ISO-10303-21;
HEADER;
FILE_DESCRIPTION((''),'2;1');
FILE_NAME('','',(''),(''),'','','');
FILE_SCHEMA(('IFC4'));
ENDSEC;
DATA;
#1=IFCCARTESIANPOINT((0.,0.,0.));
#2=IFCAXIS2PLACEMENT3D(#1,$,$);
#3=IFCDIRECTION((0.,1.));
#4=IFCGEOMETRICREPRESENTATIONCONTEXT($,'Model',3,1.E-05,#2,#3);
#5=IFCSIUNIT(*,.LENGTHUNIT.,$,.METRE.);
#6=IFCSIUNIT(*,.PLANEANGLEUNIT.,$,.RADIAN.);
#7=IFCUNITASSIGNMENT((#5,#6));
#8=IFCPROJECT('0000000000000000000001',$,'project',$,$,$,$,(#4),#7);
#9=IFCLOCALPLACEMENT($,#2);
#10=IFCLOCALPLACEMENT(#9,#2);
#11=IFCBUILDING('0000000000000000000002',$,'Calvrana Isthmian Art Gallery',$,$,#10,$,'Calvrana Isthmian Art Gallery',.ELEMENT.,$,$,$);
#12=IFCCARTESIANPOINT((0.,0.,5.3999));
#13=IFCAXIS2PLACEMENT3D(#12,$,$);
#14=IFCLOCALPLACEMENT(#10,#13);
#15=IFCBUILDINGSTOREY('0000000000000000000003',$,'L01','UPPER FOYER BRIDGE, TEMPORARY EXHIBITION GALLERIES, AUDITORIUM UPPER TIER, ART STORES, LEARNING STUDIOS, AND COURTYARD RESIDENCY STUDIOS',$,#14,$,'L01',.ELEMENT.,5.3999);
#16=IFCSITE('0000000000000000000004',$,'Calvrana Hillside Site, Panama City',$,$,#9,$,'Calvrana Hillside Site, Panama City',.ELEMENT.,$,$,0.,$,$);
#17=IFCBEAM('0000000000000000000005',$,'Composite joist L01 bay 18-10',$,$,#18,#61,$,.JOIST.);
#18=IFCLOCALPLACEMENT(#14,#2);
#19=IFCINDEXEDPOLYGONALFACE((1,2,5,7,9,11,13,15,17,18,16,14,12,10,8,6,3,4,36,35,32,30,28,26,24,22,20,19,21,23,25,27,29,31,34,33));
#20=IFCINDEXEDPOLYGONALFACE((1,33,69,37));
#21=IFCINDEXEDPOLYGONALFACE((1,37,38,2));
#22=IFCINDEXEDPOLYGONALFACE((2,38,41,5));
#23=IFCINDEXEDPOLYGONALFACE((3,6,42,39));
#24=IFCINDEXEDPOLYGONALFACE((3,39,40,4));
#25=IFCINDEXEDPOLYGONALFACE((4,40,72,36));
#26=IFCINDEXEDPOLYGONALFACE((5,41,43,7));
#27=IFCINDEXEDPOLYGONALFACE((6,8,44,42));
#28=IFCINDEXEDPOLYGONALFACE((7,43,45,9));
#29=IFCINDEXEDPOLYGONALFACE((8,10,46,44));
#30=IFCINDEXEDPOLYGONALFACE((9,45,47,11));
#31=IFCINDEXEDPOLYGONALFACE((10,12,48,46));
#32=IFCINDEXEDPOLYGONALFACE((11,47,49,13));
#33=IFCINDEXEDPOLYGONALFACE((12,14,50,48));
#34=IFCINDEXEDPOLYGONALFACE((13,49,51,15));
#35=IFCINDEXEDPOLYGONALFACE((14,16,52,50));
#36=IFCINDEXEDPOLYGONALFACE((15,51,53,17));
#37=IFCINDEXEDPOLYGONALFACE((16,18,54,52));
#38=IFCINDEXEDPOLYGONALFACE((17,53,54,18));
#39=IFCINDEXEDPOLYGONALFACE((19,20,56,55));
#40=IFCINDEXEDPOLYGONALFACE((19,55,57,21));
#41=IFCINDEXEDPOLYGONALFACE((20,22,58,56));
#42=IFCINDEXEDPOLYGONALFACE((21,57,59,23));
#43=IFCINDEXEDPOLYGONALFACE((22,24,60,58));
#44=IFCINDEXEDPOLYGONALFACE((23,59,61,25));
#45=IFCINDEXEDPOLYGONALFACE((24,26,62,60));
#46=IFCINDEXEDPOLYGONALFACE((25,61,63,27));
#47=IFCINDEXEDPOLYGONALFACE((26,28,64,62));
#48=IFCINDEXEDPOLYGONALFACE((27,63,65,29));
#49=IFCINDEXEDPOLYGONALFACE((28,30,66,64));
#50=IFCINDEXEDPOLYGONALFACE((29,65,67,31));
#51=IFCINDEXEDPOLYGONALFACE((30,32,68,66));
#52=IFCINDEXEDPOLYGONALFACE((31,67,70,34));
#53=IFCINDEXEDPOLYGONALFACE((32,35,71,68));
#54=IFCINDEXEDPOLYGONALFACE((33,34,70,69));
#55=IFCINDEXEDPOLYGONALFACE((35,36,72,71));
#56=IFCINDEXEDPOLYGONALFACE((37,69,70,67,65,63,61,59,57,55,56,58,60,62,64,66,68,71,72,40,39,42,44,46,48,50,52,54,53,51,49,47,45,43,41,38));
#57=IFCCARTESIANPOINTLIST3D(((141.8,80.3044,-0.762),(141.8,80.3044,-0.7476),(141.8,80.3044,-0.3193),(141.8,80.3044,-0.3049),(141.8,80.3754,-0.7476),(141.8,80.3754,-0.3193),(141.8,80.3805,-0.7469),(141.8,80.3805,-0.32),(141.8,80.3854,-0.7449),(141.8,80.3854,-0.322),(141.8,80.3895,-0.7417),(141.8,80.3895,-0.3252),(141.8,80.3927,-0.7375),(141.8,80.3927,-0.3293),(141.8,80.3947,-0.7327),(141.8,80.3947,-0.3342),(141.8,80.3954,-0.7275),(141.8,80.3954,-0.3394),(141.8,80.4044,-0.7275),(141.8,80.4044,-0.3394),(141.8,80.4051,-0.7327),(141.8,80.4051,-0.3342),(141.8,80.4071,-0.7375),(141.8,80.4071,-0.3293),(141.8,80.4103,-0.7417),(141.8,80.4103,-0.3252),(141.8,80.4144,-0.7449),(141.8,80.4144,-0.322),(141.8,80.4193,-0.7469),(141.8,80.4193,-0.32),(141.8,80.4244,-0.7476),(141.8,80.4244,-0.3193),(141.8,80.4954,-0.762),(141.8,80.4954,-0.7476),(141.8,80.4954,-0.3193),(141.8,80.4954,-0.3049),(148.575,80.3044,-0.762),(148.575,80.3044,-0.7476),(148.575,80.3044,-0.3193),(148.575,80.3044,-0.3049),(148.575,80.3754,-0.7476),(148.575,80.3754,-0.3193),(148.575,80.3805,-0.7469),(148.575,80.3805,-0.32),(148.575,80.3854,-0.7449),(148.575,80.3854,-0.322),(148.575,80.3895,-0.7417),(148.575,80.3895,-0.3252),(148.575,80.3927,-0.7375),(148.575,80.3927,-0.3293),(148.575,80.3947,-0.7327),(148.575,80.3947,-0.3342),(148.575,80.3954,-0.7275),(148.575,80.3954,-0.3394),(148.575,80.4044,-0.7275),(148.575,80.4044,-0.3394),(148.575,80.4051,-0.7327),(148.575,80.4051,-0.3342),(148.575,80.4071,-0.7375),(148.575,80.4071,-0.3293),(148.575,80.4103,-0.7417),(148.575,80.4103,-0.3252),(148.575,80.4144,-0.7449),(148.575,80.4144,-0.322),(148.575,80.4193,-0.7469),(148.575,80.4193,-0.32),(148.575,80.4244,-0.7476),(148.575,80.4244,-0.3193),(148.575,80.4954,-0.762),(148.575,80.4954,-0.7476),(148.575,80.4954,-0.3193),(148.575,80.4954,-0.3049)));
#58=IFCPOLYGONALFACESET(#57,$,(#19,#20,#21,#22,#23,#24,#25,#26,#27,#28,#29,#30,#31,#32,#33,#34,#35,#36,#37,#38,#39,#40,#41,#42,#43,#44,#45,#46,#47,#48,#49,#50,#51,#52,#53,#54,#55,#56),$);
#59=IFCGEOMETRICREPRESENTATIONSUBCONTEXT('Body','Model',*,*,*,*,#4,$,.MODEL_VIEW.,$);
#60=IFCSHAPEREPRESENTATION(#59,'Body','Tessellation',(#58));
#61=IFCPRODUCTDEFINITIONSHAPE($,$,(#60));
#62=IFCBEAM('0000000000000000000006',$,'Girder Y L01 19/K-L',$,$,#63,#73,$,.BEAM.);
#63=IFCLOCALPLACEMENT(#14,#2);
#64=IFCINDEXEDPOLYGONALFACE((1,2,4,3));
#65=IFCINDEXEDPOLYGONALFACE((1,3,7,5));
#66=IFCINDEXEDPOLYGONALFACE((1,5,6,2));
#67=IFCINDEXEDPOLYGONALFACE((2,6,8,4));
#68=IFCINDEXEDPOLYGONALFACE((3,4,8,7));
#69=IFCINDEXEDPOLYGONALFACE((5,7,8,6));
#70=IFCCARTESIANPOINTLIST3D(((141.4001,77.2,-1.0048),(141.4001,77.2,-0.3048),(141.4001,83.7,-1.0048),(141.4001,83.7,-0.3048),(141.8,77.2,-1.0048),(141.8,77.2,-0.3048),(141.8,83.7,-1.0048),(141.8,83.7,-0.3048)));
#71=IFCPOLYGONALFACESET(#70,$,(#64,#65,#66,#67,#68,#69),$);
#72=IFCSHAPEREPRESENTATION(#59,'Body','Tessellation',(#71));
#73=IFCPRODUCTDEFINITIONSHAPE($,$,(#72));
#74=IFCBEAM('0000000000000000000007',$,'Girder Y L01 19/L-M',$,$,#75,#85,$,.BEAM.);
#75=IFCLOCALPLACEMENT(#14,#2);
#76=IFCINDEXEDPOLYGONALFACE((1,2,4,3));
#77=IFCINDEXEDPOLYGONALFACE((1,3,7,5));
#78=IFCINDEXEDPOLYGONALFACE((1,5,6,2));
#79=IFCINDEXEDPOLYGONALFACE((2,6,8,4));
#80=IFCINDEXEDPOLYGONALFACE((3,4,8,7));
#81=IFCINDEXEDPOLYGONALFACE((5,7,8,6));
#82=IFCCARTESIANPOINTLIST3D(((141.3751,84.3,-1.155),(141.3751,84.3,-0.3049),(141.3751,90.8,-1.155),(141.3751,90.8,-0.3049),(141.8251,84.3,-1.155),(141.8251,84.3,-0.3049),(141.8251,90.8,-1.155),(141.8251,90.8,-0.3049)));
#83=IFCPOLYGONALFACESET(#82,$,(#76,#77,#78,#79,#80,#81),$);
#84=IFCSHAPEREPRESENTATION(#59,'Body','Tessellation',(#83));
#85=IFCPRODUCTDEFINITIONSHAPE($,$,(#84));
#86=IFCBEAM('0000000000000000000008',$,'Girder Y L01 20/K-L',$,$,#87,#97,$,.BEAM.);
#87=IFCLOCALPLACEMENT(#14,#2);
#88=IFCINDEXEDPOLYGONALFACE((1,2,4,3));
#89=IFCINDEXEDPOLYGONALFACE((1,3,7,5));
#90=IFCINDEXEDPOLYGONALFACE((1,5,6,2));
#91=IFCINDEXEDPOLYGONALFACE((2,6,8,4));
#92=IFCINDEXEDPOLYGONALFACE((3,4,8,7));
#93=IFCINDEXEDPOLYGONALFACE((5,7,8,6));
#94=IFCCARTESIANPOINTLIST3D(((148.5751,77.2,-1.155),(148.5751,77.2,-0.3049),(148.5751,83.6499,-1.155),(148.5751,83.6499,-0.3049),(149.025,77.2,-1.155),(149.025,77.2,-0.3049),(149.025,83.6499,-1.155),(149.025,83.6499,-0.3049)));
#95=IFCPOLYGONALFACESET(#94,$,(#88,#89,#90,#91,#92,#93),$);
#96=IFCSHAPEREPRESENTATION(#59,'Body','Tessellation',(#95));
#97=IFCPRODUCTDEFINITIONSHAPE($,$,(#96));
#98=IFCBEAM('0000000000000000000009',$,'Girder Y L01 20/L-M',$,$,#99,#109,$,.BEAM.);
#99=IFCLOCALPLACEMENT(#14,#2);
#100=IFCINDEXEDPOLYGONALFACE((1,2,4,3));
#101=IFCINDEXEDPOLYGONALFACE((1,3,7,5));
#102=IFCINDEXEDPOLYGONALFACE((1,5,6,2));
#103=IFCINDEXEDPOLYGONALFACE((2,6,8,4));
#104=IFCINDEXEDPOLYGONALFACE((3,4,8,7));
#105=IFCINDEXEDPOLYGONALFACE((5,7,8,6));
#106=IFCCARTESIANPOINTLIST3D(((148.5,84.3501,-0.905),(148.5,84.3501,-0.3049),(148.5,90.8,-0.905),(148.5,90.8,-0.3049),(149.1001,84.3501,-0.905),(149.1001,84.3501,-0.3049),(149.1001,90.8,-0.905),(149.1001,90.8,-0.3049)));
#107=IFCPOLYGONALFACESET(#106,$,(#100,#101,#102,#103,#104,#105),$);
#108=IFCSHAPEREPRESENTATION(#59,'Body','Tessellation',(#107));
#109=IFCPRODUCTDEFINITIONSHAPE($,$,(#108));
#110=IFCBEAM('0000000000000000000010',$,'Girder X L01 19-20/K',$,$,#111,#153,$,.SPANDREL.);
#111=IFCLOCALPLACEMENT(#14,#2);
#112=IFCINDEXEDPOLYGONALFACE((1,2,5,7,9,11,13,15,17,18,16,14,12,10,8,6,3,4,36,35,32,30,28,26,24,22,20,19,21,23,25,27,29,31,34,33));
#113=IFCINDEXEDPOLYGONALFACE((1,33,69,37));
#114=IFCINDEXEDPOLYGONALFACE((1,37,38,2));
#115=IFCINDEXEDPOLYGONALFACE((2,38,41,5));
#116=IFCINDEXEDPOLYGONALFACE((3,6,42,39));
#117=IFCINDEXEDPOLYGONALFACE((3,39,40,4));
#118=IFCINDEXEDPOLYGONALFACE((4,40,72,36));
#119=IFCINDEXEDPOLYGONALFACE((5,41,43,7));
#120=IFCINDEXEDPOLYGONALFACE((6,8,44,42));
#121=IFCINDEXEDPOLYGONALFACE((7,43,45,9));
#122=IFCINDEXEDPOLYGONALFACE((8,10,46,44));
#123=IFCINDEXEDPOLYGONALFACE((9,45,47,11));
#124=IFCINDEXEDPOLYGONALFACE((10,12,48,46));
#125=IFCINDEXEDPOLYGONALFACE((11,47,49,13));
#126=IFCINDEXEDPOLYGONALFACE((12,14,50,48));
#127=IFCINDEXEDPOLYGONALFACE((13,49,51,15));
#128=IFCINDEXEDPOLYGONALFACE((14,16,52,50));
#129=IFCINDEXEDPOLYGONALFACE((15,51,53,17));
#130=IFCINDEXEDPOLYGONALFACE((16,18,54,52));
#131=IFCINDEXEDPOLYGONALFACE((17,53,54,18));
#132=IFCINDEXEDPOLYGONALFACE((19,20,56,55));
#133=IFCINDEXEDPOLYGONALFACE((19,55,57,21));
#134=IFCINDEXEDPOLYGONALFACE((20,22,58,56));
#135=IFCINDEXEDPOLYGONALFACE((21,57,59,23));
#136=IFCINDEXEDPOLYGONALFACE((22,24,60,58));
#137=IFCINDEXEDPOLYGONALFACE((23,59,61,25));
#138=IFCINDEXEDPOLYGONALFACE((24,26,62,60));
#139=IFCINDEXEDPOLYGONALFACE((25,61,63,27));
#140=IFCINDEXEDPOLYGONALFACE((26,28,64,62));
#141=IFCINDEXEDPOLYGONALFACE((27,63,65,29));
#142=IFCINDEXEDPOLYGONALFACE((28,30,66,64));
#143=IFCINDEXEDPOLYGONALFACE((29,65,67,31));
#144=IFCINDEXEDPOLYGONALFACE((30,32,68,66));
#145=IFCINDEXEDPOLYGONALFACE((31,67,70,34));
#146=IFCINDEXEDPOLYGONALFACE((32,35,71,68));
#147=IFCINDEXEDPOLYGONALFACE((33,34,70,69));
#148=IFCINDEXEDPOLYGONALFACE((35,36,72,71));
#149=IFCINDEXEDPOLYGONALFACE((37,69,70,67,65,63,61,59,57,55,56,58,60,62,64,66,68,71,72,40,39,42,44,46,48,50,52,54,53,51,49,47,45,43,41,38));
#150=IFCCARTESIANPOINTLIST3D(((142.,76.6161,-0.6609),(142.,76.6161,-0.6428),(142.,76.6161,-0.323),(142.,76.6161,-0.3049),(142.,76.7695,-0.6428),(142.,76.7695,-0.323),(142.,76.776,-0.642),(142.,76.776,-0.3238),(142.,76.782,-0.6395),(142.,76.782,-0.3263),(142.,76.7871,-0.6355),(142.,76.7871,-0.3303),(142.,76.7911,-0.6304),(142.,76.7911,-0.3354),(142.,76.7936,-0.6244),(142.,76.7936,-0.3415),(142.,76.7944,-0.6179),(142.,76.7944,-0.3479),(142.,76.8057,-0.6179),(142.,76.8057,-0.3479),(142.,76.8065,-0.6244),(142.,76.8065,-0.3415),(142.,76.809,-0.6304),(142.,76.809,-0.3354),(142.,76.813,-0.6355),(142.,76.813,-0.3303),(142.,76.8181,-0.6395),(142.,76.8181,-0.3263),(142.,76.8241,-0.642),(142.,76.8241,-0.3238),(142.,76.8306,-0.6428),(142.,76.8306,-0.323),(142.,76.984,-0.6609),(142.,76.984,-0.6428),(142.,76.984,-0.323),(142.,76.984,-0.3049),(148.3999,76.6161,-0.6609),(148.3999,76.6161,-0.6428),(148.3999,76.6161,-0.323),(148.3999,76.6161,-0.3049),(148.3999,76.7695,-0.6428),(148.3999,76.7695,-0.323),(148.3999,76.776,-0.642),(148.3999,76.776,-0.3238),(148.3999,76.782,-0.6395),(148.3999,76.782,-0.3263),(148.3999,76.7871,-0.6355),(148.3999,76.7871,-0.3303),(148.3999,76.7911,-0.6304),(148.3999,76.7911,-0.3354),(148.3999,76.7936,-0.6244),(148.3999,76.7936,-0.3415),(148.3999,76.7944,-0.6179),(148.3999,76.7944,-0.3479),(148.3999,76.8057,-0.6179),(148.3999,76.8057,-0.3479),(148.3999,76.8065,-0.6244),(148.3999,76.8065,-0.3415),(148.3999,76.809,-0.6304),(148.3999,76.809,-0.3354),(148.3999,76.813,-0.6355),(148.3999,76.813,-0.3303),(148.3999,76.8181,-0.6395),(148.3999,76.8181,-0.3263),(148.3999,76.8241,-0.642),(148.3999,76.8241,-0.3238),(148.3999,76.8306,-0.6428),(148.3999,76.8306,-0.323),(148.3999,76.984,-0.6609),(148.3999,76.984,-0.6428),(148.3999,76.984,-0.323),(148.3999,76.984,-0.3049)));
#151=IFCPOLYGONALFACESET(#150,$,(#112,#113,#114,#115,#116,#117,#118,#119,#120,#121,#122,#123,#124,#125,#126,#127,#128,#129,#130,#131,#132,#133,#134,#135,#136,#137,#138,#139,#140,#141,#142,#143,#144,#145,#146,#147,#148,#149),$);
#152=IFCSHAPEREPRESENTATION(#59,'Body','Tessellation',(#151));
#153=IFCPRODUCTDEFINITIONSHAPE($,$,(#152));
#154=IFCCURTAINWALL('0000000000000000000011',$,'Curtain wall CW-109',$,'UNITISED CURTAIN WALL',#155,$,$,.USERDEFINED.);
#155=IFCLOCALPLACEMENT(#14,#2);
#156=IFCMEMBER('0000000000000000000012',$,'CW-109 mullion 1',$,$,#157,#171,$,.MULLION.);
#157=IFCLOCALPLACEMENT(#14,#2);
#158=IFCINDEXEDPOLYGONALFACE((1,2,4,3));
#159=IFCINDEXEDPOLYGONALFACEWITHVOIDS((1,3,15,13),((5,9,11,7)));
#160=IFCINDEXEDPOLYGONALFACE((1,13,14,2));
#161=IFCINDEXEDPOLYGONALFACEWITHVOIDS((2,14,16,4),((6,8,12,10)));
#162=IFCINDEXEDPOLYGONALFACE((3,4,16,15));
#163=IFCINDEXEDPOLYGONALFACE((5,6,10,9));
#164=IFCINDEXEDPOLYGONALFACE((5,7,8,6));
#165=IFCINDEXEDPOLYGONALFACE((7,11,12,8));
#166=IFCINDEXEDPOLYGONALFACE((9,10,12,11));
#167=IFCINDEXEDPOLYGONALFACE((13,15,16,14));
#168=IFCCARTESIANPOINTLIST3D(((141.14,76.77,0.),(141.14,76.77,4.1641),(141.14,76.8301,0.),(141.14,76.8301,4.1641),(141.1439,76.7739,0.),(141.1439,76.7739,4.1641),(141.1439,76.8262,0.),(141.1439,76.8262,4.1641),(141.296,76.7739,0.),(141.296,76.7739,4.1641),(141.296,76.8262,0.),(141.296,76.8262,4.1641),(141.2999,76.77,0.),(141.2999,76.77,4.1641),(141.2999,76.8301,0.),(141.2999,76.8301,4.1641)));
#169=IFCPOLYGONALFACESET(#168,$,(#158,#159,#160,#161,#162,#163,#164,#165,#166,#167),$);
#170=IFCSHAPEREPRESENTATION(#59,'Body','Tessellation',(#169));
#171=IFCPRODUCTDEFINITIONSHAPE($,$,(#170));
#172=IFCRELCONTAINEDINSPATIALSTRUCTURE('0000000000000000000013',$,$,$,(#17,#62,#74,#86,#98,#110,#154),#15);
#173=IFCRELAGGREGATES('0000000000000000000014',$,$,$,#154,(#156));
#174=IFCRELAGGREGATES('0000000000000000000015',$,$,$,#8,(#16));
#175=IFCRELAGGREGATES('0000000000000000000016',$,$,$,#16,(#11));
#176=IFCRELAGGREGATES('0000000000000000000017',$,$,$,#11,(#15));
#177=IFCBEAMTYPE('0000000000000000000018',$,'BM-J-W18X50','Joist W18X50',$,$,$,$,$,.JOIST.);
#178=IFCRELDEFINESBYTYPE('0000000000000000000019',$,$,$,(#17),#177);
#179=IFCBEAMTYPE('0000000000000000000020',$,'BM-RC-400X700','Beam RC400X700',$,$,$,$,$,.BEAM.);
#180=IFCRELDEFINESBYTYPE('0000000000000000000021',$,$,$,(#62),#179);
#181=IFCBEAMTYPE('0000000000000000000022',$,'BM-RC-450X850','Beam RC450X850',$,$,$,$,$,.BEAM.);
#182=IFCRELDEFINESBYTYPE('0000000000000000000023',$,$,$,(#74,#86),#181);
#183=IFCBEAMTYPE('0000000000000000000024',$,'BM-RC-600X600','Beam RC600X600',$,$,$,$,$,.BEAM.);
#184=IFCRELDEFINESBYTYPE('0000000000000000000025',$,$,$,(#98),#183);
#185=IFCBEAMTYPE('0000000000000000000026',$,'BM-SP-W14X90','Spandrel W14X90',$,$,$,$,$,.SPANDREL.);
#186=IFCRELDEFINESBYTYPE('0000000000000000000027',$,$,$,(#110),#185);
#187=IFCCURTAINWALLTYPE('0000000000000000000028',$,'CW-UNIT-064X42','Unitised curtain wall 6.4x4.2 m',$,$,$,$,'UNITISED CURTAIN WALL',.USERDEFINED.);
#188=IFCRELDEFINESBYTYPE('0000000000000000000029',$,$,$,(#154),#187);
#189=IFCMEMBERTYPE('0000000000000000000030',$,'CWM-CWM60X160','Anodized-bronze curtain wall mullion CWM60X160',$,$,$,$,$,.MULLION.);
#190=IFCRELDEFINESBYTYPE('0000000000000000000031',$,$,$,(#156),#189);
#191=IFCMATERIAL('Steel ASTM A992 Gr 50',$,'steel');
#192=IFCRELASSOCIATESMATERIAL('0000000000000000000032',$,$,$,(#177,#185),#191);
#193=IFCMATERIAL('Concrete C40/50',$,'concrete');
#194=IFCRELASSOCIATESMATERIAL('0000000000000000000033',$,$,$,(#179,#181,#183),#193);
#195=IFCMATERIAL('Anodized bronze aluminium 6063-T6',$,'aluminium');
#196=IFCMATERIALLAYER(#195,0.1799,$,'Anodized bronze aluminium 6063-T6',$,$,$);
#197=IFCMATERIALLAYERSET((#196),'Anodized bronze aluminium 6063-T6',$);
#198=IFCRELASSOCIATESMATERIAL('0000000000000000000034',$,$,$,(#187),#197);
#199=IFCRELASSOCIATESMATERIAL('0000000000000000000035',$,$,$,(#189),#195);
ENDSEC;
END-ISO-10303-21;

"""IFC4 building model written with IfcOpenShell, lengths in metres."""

from ifc_helpers import new_model, si_unit, direction, frame, origin, origin_2d, place, context, subcontext, project, spatial, rectangle, hollow_rectangle, i_section, extrude, material, layer, layer_set, material_profile, profile_set, type_object, element, aggregate, save


model = new_model("IFC4")

# Units and contexts
model_context = context("Model", 3, precision=1e-05, world=origin(), true_north=direction((0.0, 1.0)))
body_context = subcontext(model_context, "Body", "Model", "MODEL_VIEW")
ifc_project = project(units=[si_unit("LENGTHUNIT", "METRE"), si_unit("PLANEANGLEUNIT", "RADIAN")], contexts=[model_context])

# Site, building, storey
site_placement = place(None, origin())
site = spatial("IfcSite", under=ifc_project, at=site_placement, Name="Calvrana Hillside Site, Panama City", LongName="Calvrana Hillside Site, Panama City", CompositionType="ELEMENT", RefElevation=0.0)
building_placement = place(site_placement, origin())
building = spatial("IfcBuilding", under=site, at=building_placement, Name="Calvrana Isthmian Art Gallery", LongName="Calvrana Isthmian Art Gallery", CompositionType="ELEMENT")
storey_placement = place(building_placement, frame((0.0, 0.0, 5.3999)))
storey = spatial("IfcBuildingStorey", under=building, at=storey_placement, Name="L01", Description="UPPER FOYER BRIDGE, TEMPORARY EXHIBITION GALLERIES, AUDITORIUM UPPER TIER, ART STORES, LEARNING STUDIOS, AND COURTYARD RESIDENCY STUDIOS", LongName="L01", CompositionType="ELEMENT", Elevation=5.3999)

# Shared definitions
ifc_material_1 = material(Name="Concrete C40/50", Category="concrete")

# Beams
ifc_material_2 = material(Name="Steel ASTM A992 Gr 50", Category="steel")
ifc_material_profile_1 = material_profile(ifc_material_2, i_section(OverallWidth=0.1909, OverallDepth=0.457, WebThickness=0.009, FlangeThickness=0.0144, FilletRadius=0.02, at=origin_2d()), Name="W18X50")
ifc_profile_set_1 = profile_set([ifc_material_profile_1], Name="Steel ASTM A992 Gr 50")
beam_type_1 = type_object("IfcBeamType", Name="BM-J-W18X50", Description="Joist W18X50", PredefinedType="JOIST", material=ifc_profile_set_1)
beam_1_placement = place(storey_placement, frame((141.8, 80.3999, -0.5334), z_axis=(1.0, 0.0, 0.0), x_axis=(0.0, 1.0, 0.0)))
element("IfcBeam", 1, at=beam_1_placement, inside=storey, type_object=beam_type_1, Name="Composite joist L01 bay 18-10", PredefinedType="JOIST", context=body_context, shape_type="SweptSolid", body=[
    extrude(i_section(OverallWidth=0.1909, OverallDepth=0.457, WebThickness=0.009, FlangeThickness=0.0144, FilletRadius=0.02, at=origin_2d()), origin(), (0.0, 0.0, 1.0), 6.7749),
])
ifc_material_profile_2 = material_profile(ifc_material_1, rectangle(XDim=0.3999, YDim=0.7, at=origin_2d()), Name="RC400X700")
ifc_profile_set_2 = profile_set([ifc_material_profile_2], Name="Concrete C40/50")
beam_type_2 = type_object("IfcBeamType", Name="BM-RC-400X700", Description="Beam RC400X700", PredefinedType="BEAM", material=ifc_profile_set_2)
beam_2_placement = place(storey_placement, frame((141.6001, 77.2, -0.6548), z_axis=(0.0, 1.0, 0.0), x_axis=(-1.0, 0.0, 0.0)))
element("IfcBeam", 2, at=beam_2_placement, inside=storey, type_object=beam_type_2, Name="Girder Y L01 19/K-L", PredefinedType="BEAM", context=body_context, shape_type="SweptSolid", body=[
    extrude(rectangle(XDim=0.3999, YDim=0.7, at=origin_2d()), origin(), (0.0, 0.0, 1.0), 6.5),
])
ifc_material_profile_3 = material_profile(ifc_material_1, rectangle(XDim=0.45, YDim=0.8501, at=origin_2d()), Name="RC450X850")
ifc_profile_set_3 = profile_set([ifc_material_profile_3], Name="Concrete C40/50")
beam_type_3 = type_object("IfcBeamType", Name="BM-RC-450X850", Description="Beam RC450X850", PredefinedType="BEAM", material=ifc_profile_set_3)
beam_3_placement = place(storey_placement, frame((141.6001, 84.3, -0.73), z_axis=(0.0, 1.0, 0.0), x_axis=(-1.0, 0.0, 0.0)))
element("IfcBeam", 3, at=beam_3_placement, inside=storey, type_object=beam_type_3, Name="Girder Y L01 19/L-M", PredefinedType="BEAM", context=body_context, shape_type="SweptSolid", body=[
    extrude(rectangle(XDim=0.45, YDim=0.8501, at=origin_2d()), origin(), (0.0, 0.0, 1.0), 6.5),
])
beam_4_placement = place(storey_placement, frame((148.8, 77.2, -0.73), z_axis=(0.0, 1.0, 0.0), x_axis=(-1.0, 0.0, 0.0)))
element("IfcBeam", 4, at=beam_4_placement, inside=storey, type_object=beam_type_3, Name="Girder Y L01 20/K-L", PredefinedType="BEAM", context=body_context, shape_type="SweptSolid", body=[
    extrude(rectangle(XDim=0.45, YDim=0.8501, at=origin_2d()), origin(), (0.0, 0.0, 1.0), 6.45),
])
ifc_material_profile_4 = material_profile(ifc_material_1, rectangle(XDim=0.6001, YDim=0.6001, at=origin_2d()), Name="RC600X600")
ifc_profile_set_4 = profile_set([ifc_material_profile_4], Name="Concrete C40/50")
beam_type_4 = type_object("IfcBeamType", Name="BM-RC-600X600", Description="Beam RC600X600", PredefinedType="BEAM", material=ifc_profile_set_4)
beam_5_placement = place(storey_placement, frame((148.8, 84.3501, -0.605), z_axis=(0.0, 1.0, 0.0), x_axis=(-1.0, 0.0, 0.0)))
element("IfcBeam", 5, at=beam_5_placement, inside=storey, type_object=beam_type_4, Name="Girder Y L01 20/L-M", PredefinedType="BEAM", context=body_context, shape_type="SweptSolid", body=[
    extrude(rectangle(XDim=0.6001, YDim=0.6001, at=origin_2d()), origin(), (0.0, 0.0, 1.0), 6.45),
])
ifc_material_profile_5 = material_profile(ifc_material_2, i_section(OverallWidth=0.3679, OverallDepth=0.356, WebThickness=0.0112, FlangeThickness=0.0181, FilletRadius=0.0249, at=origin_2d()), Name="W14X90")
ifc_profile_set_5 = profile_set([ifc_material_profile_5], Name="Steel ASTM A992 Gr 50")
beam_type_5 = type_object("IfcBeamType", Name="BM-SP-W14X90", Description="Spandrel W14X90", PredefinedType="SPANDREL", material=ifc_profile_set_5)
beam_6_placement = place(storey_placement, frame((142.0, 76.8, -0.4829), z_axis=(1.0, 0.0, 0.0), x_axis=(0.0, 1.0, 0.0)))
element("IfcBeam", 6, at=beam_6_placement, inside=storey, type_object=beam_type_5, Name="Girder X L01 19-20/K", PredefinedType="SPANDREL", context=body_context, shape_type="SweptSolid", body=[
    extrude(i_section(OverallWidth=0.3679, OverallDepth=0.356, WebThickness=0.0112, FlangeThickness=0.0181, FilletRadius=0.0249, at=origin_2d()), origin(), (0.0, 0.0, 1.0), 6.3999),
])

# Curtain wall, member
ifc_material_3 = material(Name="Anodized bronze aluminium 6063-T6", Category="aluminium")
ifc_layer_1 = layer(ifc_material_3, 0.1799, Name="Anodized bronze aluminium 6063-T6")
ifc_layer_set_1 = layer_set([ifc_layer_1], Name="Anodized bronze aluminium 6063-T6")
curtain_wall_type_1 = type_object("IfcCurtainWallType", Name="CW-UNIT-064X42", Description="Unitised curtain wall 6.4x4.2 m", ElementType="UNITISED CURTAIN WALL", PredefinedType="USERDEFINED", material=ifc_layer_set_1)
curtain_wall_1_placement = place(storey_placement, origin())
curtain_wall_1 = element("IfcCurtainWall", 7, at=curtain_wall_1_placement, inside=storey, type_object=curtain_wall_type_1, Name="Curtain wall CW-109", ObjectType="UNITISED CURTAIN WALL", PredefinedType="USERDEFINED")
ifc_material_profile_6 = material_profile(ifc_material_3, hollow_rectangle(XDim=0.0601, YDim=0.1599, WallThickness=0.0039, at=origin_2d()), Name="CWM60X160")
ifc_profile_set_6 = profile_set([ifc_material_profile_6], Name="Anodized bronze aluminium 6063-T6")
member_type_1 = type_object("IfcMemberType", Name="CWM-CWM60X160", Description="Anodized-bronze curtain wall mullion CWM60X160", PredefinedType="MULLION", material=ifc_profile_set_6)
member_1_placement = place(storey_placement, frame((141.22, 76.8, 0.0), z_axis=(0.0, 0.0, 1.0), x_axis=(0.0, -1.0, 0.0)))
member_1 = element("IfcMember", 8, at=member_1_placement, type_object=member_type_1, Name="CW-109 mullion 1", PredefinedType="MULLION", context=body_context, shape_type="SweptSolid", body=[
    extrude(hollow_rectangle(XDim=0.0601, YDim=0.1599, WallThickness=0.0039, at=origin_2d()), origin(), (0.0, 0.0, 1.0), 4.1641),
])

aggregate(curtain_wall_1, [member_1])

save(model, "model.ifc")
